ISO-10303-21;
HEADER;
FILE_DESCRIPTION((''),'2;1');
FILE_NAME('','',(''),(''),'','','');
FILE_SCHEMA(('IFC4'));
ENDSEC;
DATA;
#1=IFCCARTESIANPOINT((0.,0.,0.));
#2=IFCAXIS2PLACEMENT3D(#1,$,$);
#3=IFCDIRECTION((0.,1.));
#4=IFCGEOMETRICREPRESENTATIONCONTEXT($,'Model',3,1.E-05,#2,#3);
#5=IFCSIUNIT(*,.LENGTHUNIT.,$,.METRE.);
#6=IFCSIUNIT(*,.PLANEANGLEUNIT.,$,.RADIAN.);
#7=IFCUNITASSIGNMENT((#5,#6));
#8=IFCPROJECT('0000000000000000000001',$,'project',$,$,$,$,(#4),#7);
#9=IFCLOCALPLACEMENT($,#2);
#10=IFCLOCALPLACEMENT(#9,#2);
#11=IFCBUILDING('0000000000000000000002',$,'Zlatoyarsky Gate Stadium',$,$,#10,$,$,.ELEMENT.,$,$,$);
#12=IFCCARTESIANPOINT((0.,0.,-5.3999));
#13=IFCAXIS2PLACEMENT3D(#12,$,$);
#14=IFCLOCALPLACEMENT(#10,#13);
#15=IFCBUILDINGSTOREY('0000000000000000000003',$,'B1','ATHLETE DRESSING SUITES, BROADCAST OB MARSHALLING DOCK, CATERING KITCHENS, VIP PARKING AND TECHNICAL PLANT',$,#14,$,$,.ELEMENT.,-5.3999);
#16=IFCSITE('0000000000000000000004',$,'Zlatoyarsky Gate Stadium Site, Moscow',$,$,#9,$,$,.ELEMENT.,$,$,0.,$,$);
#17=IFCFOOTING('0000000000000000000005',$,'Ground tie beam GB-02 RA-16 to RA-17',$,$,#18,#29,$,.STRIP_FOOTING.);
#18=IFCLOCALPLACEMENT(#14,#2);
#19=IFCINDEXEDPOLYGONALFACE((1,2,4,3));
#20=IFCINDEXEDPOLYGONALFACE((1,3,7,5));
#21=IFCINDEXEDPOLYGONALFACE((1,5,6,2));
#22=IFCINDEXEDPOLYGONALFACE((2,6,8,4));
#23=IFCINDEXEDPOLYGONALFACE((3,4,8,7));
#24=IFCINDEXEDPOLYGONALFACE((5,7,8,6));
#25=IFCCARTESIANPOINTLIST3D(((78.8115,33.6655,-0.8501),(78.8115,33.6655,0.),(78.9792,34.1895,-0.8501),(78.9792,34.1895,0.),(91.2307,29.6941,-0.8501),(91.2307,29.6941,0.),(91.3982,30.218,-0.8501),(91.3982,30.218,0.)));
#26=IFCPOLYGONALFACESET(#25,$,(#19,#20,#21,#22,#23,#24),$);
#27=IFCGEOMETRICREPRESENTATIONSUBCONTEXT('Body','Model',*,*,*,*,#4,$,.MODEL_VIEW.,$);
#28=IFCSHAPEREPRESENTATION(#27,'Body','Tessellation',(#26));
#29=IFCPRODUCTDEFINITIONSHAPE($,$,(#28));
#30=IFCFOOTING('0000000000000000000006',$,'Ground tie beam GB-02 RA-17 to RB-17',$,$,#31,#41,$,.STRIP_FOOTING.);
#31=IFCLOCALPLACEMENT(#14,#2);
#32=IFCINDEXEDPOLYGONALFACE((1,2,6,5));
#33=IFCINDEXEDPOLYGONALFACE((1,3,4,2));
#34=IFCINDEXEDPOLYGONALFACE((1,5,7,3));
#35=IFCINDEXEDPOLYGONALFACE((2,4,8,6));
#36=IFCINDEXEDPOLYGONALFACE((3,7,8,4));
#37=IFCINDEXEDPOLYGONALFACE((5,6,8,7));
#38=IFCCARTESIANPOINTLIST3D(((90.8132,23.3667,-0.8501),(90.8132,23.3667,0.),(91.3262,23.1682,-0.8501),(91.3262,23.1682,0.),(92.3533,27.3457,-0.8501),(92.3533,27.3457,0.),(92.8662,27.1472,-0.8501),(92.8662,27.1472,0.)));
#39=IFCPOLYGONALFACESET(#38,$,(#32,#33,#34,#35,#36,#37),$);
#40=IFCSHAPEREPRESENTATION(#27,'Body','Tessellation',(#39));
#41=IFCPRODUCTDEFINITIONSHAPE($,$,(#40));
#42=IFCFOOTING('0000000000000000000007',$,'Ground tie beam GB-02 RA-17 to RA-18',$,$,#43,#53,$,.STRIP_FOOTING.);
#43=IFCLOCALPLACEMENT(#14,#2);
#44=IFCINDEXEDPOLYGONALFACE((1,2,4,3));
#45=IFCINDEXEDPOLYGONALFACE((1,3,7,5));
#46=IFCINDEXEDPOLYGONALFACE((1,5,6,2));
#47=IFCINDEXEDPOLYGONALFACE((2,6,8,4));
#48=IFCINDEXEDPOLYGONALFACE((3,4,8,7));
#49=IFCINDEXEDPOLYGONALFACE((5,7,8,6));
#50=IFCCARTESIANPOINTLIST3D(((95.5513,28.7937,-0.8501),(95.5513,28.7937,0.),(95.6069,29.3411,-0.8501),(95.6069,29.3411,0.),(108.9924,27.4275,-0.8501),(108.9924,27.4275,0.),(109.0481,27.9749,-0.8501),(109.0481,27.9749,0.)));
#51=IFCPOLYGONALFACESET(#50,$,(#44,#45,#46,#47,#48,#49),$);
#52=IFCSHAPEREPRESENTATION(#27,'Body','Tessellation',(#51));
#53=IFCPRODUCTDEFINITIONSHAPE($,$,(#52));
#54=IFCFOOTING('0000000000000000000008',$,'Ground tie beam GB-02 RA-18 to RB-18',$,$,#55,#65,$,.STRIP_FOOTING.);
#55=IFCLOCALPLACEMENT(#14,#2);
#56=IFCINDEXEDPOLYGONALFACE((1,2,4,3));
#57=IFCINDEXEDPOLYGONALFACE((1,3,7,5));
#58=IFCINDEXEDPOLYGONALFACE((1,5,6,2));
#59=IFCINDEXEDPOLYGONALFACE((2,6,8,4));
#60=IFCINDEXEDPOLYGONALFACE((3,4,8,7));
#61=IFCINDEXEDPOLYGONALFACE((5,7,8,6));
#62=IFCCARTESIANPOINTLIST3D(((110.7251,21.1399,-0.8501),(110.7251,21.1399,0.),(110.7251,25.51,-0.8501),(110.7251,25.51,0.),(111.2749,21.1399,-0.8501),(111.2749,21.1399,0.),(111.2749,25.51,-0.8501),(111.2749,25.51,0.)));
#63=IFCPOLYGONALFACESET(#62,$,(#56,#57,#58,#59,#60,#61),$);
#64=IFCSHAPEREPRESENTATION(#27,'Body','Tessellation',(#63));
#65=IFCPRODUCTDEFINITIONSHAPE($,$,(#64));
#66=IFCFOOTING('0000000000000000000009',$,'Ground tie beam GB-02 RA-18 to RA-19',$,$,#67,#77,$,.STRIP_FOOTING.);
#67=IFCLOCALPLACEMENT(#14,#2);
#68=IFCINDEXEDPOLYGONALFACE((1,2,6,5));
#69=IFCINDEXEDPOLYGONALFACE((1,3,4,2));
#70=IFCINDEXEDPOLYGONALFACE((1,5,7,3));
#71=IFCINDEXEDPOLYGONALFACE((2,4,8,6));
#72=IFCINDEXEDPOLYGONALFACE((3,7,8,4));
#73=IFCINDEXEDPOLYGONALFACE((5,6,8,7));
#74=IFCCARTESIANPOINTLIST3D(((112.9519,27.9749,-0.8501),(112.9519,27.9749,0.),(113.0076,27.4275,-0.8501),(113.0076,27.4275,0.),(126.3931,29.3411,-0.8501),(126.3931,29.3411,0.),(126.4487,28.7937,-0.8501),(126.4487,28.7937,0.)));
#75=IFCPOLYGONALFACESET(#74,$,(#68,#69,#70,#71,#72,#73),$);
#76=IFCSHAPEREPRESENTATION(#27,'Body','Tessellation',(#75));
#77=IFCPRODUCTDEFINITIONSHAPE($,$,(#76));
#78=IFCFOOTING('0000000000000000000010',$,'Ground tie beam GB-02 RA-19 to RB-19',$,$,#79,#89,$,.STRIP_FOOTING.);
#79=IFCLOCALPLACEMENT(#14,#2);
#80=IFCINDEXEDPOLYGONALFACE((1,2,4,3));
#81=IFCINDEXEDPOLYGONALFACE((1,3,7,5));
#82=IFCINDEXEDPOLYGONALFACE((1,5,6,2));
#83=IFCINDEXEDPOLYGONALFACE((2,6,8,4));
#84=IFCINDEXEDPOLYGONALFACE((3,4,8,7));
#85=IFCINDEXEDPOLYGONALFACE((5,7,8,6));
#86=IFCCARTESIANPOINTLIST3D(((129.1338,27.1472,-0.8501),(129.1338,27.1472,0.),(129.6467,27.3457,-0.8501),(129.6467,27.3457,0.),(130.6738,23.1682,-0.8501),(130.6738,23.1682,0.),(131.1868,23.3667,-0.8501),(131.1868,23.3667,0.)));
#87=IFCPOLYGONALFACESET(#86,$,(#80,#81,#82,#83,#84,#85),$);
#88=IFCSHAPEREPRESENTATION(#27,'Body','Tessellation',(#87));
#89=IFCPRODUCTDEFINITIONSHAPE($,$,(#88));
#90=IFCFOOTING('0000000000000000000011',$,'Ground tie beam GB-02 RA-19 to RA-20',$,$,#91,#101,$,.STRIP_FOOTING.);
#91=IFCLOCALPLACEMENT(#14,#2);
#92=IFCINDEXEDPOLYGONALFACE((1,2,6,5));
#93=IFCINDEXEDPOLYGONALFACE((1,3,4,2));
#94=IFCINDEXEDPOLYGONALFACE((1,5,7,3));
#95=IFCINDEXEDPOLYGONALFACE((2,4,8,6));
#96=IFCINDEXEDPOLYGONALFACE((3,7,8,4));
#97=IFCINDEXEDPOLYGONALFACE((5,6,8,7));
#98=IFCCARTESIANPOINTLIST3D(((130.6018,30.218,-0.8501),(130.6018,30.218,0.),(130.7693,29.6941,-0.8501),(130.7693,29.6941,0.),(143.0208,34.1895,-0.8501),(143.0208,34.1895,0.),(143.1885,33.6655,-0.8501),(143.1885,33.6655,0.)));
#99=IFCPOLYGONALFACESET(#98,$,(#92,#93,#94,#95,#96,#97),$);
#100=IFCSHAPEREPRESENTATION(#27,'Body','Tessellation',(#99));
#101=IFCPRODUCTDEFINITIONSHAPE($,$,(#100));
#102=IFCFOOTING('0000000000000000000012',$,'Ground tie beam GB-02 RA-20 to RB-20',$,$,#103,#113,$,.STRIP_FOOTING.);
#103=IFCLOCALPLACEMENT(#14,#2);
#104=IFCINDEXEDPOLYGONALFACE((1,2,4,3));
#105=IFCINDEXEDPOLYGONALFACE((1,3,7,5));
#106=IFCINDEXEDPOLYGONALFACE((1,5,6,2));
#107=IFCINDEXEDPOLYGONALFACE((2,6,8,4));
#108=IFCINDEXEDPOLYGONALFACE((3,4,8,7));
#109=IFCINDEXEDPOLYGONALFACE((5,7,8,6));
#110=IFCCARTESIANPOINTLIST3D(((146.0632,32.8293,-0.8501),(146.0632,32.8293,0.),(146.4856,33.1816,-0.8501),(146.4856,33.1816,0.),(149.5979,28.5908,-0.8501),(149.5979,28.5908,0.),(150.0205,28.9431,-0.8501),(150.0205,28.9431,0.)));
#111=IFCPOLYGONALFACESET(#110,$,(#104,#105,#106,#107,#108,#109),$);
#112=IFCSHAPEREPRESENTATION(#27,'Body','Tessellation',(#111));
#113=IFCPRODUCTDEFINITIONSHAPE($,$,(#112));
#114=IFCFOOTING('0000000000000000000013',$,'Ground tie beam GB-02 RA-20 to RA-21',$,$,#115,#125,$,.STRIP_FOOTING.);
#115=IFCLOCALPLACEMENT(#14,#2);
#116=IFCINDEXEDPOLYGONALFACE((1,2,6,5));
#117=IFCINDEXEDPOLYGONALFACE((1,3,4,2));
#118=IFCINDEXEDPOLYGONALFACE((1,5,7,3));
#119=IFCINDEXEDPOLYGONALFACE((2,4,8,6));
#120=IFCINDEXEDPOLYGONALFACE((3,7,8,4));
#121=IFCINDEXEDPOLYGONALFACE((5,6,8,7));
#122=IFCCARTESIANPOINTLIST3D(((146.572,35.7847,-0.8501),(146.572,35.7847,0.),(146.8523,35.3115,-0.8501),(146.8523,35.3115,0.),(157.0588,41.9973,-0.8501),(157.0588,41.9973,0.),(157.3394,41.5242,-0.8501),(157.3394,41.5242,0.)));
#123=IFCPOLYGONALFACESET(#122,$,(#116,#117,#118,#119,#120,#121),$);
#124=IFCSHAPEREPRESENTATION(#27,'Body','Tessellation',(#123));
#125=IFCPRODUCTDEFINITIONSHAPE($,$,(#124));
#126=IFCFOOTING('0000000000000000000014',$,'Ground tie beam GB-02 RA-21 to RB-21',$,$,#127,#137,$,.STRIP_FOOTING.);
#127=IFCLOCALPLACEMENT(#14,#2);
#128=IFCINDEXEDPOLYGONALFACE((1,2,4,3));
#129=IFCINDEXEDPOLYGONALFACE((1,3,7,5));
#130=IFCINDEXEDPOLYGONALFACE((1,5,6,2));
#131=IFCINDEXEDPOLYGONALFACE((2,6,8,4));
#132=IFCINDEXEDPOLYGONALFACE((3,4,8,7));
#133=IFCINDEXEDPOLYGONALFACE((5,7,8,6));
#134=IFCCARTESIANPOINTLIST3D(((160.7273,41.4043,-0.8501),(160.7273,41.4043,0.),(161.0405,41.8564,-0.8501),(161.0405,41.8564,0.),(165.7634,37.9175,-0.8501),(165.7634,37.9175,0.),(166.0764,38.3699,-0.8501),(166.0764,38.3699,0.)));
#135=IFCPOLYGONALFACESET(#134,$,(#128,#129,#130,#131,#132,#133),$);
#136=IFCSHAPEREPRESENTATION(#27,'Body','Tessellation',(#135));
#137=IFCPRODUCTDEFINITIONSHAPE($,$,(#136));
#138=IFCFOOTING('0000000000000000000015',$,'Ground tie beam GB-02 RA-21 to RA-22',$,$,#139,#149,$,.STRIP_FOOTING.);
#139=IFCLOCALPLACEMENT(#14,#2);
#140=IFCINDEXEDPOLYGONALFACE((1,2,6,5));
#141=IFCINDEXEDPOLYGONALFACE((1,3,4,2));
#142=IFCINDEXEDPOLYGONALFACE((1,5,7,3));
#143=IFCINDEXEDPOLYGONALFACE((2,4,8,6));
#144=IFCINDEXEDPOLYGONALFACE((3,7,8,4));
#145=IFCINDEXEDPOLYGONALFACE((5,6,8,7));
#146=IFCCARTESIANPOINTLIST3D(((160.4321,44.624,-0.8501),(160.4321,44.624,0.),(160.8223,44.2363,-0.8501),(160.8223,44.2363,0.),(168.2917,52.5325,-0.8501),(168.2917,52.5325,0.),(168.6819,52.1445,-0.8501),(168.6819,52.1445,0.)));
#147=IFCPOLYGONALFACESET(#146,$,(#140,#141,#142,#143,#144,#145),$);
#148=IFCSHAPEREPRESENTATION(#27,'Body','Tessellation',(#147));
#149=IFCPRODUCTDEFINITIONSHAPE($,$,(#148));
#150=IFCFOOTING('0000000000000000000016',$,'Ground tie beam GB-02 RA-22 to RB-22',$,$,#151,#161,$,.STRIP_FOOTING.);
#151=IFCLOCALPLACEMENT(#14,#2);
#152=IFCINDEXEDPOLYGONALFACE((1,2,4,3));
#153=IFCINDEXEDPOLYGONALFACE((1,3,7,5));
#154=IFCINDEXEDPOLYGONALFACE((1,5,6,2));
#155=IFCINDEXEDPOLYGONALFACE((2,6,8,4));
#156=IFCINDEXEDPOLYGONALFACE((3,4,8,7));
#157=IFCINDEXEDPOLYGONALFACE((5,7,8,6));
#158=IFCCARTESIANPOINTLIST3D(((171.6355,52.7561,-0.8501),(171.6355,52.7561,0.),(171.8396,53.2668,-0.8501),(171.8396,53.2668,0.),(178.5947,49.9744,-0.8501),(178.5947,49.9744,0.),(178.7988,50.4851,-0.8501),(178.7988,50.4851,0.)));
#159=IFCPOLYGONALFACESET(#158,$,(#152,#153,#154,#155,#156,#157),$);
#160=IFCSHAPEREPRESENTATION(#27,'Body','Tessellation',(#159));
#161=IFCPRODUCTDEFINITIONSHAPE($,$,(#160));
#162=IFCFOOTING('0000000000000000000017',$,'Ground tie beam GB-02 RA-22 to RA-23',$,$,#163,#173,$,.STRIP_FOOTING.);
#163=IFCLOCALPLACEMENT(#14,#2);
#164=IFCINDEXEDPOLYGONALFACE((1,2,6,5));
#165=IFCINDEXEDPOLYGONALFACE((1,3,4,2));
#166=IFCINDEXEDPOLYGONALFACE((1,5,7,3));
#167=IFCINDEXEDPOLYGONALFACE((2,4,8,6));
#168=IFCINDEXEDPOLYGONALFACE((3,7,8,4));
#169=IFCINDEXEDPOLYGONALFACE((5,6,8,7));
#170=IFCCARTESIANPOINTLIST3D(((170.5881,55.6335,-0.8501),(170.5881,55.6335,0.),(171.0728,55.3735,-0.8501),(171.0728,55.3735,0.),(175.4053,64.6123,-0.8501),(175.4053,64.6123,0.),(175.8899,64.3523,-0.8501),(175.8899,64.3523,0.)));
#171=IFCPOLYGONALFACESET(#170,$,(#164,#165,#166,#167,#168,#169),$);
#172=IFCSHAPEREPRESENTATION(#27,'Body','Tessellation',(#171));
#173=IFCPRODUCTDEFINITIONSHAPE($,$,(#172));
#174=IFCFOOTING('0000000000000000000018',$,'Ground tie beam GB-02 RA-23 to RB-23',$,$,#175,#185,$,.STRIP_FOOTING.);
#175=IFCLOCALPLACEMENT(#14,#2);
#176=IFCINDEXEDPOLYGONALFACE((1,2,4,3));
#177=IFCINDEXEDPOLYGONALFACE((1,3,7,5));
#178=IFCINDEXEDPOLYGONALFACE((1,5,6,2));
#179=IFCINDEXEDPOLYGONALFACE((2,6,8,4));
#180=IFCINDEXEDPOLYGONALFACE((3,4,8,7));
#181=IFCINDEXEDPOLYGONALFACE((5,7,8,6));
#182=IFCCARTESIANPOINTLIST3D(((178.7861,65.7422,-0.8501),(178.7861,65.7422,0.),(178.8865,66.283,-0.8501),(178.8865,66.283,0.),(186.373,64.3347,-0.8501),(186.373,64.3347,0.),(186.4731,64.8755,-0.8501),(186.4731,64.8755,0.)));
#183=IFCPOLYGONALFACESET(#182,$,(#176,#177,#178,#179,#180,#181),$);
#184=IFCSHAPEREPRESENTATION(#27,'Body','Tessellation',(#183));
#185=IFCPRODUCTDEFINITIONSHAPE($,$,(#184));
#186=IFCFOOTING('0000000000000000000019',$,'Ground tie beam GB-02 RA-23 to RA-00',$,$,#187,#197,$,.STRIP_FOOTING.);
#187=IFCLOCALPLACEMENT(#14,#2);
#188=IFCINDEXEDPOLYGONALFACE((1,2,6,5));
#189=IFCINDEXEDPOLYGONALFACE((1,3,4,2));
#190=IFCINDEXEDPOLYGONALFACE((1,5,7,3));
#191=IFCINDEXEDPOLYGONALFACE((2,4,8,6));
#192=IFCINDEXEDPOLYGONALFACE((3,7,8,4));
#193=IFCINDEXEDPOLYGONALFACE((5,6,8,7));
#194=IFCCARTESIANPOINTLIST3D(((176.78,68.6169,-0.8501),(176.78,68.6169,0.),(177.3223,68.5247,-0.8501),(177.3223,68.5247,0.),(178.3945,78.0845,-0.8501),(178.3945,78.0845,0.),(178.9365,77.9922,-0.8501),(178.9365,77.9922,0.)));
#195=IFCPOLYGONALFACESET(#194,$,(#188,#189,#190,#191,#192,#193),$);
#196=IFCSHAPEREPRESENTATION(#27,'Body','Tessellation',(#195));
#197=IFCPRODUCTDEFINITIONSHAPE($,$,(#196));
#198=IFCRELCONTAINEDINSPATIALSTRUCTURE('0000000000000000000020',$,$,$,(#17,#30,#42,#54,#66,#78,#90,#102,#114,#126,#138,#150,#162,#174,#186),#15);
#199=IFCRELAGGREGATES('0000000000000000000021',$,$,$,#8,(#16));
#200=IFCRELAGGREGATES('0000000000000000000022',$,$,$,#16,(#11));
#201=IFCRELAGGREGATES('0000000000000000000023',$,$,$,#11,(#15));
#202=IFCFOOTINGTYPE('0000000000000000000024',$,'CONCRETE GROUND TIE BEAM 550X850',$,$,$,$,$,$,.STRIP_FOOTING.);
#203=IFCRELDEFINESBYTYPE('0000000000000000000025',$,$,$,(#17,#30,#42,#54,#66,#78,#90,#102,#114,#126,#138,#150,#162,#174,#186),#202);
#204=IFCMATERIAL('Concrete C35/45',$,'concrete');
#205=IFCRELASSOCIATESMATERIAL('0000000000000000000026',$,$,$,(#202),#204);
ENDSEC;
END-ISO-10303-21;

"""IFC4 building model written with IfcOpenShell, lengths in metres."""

from ifc_helpers import new_model, si_unit, direction, frame, origin, origin_2d, place, context, subcontext, project, spatial, polyline, rectangle, outline, extrude, material, material_profile, profile_set, type_object, element, save


model = new_model("IFC4")

# Units and contexts
model_context = context("Model", 3, precision=1e-05, world=origin(), true_north=direction((0.0, 1.0)))
body_context = subcontext(model_context, "Body", "Model", "MODEL_VIEW")
ifc_project = project(units=[si_unit("LENGTHUNIT", "METRE"), si_unit("PLANEANGLEUNIT", "RADIAN")], contexts=[model_context])

# Site, building, storey
site_placement = place(None, origin())
site = spatial("IfcSite", under=ifc_project, at=site_placement, Name="Zlatoyarsky Gate Stadium Site, Moscow", CompositionType="ELEMENT", RefElevation=0.0)
building_placement = place(site_placement, origin())
building = spatial("IfcBuilding", under=site, at=building_placement, Name="Zlatoyarsky Gate Stadium", CompositionType="ELEMENT")
storey_placement = place(building_placement, frame((0.0, 0.0, -5.3999)))
storey = spatial("IfcBuildingStorey", under=building, at=storey_placement, Name="B1", Description="ATHLETE DRESSING SUITES, BROADCAST OB MARSHALLING DOCK, CATERING KITCHENS, VIP PARKING AND TECHNICAL PLANT", CompositionType="ELEMENT", Elevation=-5.3999)

# Footings
ifc_material = material(Name="Concrete C35/45", Category="concrete")
ifc_material_profile = material_profile(ifc_material, rectangle(XDim=0.55, YDim=0.8501, at=origin_2d()), Name="GB 550X850")
ifc_profile_set = profile_set([ifc_material_profile], Name="Concrete C35/45")
footing_type = type_object("IfcFootingType", Name="CONCRETE GROUND TIE BEAM 550X850", PredefinedType="STRIP_FOOTING", material=ifc_profile_set)
footing_1_placement = place(storey_placement, frame((0.0, 0.0, -0.8501)))
element("IfcFooting", 1, at=footing_1_placement, inside=storey, type_object=footing_type, Name="Ground tie beam GB-02 RA-16 to RA-17", PredefinedType="STRIP_FOOTING", context=body_context, shape_type="SweptSolid", body=[
    extrude(outline(polyline([(78.8115, 33.6655), (91.2307, 29.6941), (91.3982, 30.218), (78.9792, 34.1895), (78.8115, 33.6655)])), origin(), (0.0, 0.0, 1.0), 0.8501),
])
footing_2_placement = place(storey_placement, frame((0.0, 0.0, -0.8501)))
element("IfcFooting", 2, at=footing_2_placement, inside=storey, type_object=footing_type, Name="Ground tie beam GB-02 RA-17 to RB-17", PredefinedType="STRIP_FOOTING", context=body_context, shape_type="SweptSolid", body=[
    extrude(outline(polyline([(92.3533, 27.3457), (90.8132, 23.3667), (91.3262, 23.1682), (92.8662, 27.1472), (92.3533, 27.3457)])), origin(), (0.0, 0.0, 1.0), 0.8501),
])
footing_3_placement = place(storey_placement, frame((0.0, 0.0, -0.8501)))
element("IfcFooting", 3, at=footing_3_placement, inside=storey, type_object=footing_type, Name="Ground tie beam GB-02 RA-17 to RA-18", PredefinedType="STRIP_FOOTING", context=body_context, shape_type="SweptSolid", body=[
    extrude(outline(polyline([(95.5513, 28.7937), (108.9924, 27.4275), (109.0481, 27.9749), (95.6069, 29.3411), (95.5513, 28.7937)])), origin(), (0.0, 0.0, 1.0), 0.8501),
])
footing_4_placement = place(storey_placement, frame((0.0, 0.0, -0.8501)))
element("IfcFooting", 4, at=footing_4_placement, inside=storey, type_object=footing_type, Name="Ground tie beam GB-02 RA-18 to RB-18", PredefinedType="STRIP_FOOTING", context=body_context, shape_type="SweptSolid", body=[
    extrude(outline(polyline([(110.7251, 25.51), (110.7251, 21.1399), (111.2749, 21.1399), (111.2749, 25.51), (110.7251, 25.51)])), origin(), (0.0, 0.0, 1.0), 0.8501),
])
footing_5_placement = place(storey_placement, frame((0.0, 0.0, -0.8501)))
element("IfcFooting", 5, at=footing_5_placement, inside=storey, type_object=footing_type, Name="Ground tie beam GB-02 RA-18 to RA-19", PredefinedType="STRIP_FOOTING", context=body_context, shape_type="SweptSolid", body=[
    extrude(outline(polyline([(113.0076, 27.4275), (126.4487, 28.7937), (126.3931, 29.3411), (112.9519, 27.9749), (113.0076, 27.4275)])), origin(), (0.0, 0.0, 1.0), 0.8501),
])
footing_6_placement = place(storey_placement, frame((0.0, 0.0, -0.8501)))
element("IfcFooting", 6, at=footing_6_placement, inside=storey, type_object=footing_type, Name="Ground tie beam GB-02 RA-19 to RB-19", PredefinedType="STRIP_FOOTING", context=body_context, shape_type="SweptSolid", body=[
    extrude(outline(polyline([(129.1338, 27.1472), (130.6738, 23.1682), (131.1868, 23.3667), (129.6467, 27.3457), (129.1338, 27.1472)])), origin(), (0.0, 0.0, 1.0), 0.8501),
])
footing_7_placement = place(storey_placement, frame((0.0, 0.0, -0.8501)))
element("IfcFooting", 7, at=footing_7_placement, inside=storey, type_object=footing_type, Name="Ground tie beam GB-02 RA-19 to RA-20", PredefinedType="STRIP_FOOTING", context=body_context, shape_type="SweptSolid", body=[
    extrude(outline(polyline([(130.7693, 29.6941), (143.1885, 33.6655), (143.0208, 34.1895), (130.6018, 30.218), (130.7693, 29.6941)])), origin(), (0.0, 0.0, 1.0), 0.8501),
])
footing_8_placement = place(storey_placement, frame((0.0, 0.0, -0.8501)))
element("IfcFooting", 8, at=footing_8_placement, inside=storey, type_object=footing_type, Name="Ground tie beam GB-02 RA-20 to RB-20", PredefinedType="STRIP_FOOTING", context=body_context, shape_type="SweptSolid", body=[
    extrude(outline(polyline([(146.0632, 32.8293), (149.5979, 28.5908), (150.0205, 28.9431), (146.4856, 33.1816), (146.0632, 32.8293)])), origin(), (0.0, 0.0, 1.0), 0.8501),
])
footing_9_placement = place(storey_placement, frame((0.0, 0.0, -0.8501)))
element("IfcFooting", 9, at=footing_9_placement, inside=storey, type_object=footing_type, Name="Ground tie beam GB-02 RA-20 to RA-21", PredefinedType="STRIP_FOOTING", context=body_context, shape_type="SweptSolid", body=[
    extrude(outline(polyline([(146.8523, 35.3115), (157.3394, 41.5242), (157.0588, 41.9973), (146.572, 35.7847), (146.8523, 35.3115)])), origin(), (0.0, 0.0, 1.0), 0.8501),
])
footing_10_placement = place(storey_placement, frame((0.0, 0.0, -0.8501)))
element("IfcFooting", 10, at=footing_10_placement, inside=storey, type_object=footing_type, Name="Ground tie beam GB-02 RA-21 to RB-21", PredefinedType="STRIP_FOOTING", context=body_context, shape_type="SweptSolid", body=[
    extrude(outline(polyline([(160.7273, 41.4043), (165.7634, 37.9175), (166.0764, 38.3699), (161.0405, 41.8564), (160.7273, 41.4043)])), origin(), (0.0, 0.0, 1.0), 0.8501),
])
footing_11_placement = place(storey_placement, frame((0.0, 0.0, -0.8501)))
element("IfcFooting", 11, at=footing_11_placement, inside=storey, type_object=footing_type, Name="Ground tie beam GB-02 RA-21 to RA-22", PredefinedType="STRIP_FOOTING", context=body_context, shape_type="SweptSolid", body=[
    extrude(outline(polyline([(160.8223, 44.2363), (168.6819, 52.1445), (168.2917, 52.5325), (160.4321, 44.624), (160.8223, 44.2363)])), origin(), (0.0, 0.0, 1.0), 0.8501),
])
footing_12_placement = place(storey_placement, frame((0.0, 0.0, -0.8501)))
element("IfcFooting", 12, at=footing_12_placement, inside=storey, type_object=footing_type, Name="Ground tie beam GB-02 RA-22 to RB-22", PredefinedType="STRIP_FOOTING", context=body_context, shape_type="SweptSolid", body=[
    extrude(outline(polyline([(171.6355, 52.7561), (178.5947, 49.9744), (178.7988, 50.4851), (171.8396, 53.2668), (171.6355, 52.7561)])), origin(), (0.0, 0.0, 1.0), 0.8501),
])
footing_13_placement = place(storey_placement, frame((0.0, 0.0, -0.8501)))
element("IfcFooting", 13, at=footing_13_placement, inside=storey, type_object=footing_type, Name="Ground tie beam GB-02 RA-22 to RA-23", PredefinedType="STRIP_FOOTING", context=body_context, shape_type="SweptSolid", body=[
    extrude(outline(polyline([(171.0728, 55.3735), (175.8899, 64.3523), (175.4053, 64.6123), (170.5881, 55.6335), (171.0728, 55.3735)])), origin(), (0.0, 0.0, 1.0), 0.8501),
])
footing_14_placement = place(storey_placement, frame((0.0, 0.0, -0.8501)))
element("IfcFooting", 14, at=footing_14_placement, inside=storey, type_object=footing_type, Name="Ground tie beam GB-02 RA-23 to RB-23", PredefinedType="STRIP_FOOTING", context=body_context, shape_type="SweptSolid", body=[
    extrude(outline(polyline([(178.7861, 65.7422), (186.373, 64.3347), (186.4731, 64.8755), (178.8865, 66.283), (178.7861, 65.7422)])), origin(), (0.0, 0.0, 1.0), 0.8501),
])
footing_15_placement = place(storey_placement, frame((0.0, 0.0, -0.8501)))
element("IfcFooting", 15, at=footing_15_placement, inside=storey, type_object=footing_type, Name="Ground tie beam GB-02 RA-23 to RA-00", PredefinedType="STRIP_FOOTING", context=body_context, shape_type="SweptSolid", body=[
    extrude(outline(polyline([(177.3223, 68.5247), (178.9365, 77.9922), (178.3945, 78.0845), (176.78, 68.6169), (177.3223, 68.5247)])), origin(), (0.0, 0.0, 1.0), 0.8501),
])

save(model, "model.ifc")
